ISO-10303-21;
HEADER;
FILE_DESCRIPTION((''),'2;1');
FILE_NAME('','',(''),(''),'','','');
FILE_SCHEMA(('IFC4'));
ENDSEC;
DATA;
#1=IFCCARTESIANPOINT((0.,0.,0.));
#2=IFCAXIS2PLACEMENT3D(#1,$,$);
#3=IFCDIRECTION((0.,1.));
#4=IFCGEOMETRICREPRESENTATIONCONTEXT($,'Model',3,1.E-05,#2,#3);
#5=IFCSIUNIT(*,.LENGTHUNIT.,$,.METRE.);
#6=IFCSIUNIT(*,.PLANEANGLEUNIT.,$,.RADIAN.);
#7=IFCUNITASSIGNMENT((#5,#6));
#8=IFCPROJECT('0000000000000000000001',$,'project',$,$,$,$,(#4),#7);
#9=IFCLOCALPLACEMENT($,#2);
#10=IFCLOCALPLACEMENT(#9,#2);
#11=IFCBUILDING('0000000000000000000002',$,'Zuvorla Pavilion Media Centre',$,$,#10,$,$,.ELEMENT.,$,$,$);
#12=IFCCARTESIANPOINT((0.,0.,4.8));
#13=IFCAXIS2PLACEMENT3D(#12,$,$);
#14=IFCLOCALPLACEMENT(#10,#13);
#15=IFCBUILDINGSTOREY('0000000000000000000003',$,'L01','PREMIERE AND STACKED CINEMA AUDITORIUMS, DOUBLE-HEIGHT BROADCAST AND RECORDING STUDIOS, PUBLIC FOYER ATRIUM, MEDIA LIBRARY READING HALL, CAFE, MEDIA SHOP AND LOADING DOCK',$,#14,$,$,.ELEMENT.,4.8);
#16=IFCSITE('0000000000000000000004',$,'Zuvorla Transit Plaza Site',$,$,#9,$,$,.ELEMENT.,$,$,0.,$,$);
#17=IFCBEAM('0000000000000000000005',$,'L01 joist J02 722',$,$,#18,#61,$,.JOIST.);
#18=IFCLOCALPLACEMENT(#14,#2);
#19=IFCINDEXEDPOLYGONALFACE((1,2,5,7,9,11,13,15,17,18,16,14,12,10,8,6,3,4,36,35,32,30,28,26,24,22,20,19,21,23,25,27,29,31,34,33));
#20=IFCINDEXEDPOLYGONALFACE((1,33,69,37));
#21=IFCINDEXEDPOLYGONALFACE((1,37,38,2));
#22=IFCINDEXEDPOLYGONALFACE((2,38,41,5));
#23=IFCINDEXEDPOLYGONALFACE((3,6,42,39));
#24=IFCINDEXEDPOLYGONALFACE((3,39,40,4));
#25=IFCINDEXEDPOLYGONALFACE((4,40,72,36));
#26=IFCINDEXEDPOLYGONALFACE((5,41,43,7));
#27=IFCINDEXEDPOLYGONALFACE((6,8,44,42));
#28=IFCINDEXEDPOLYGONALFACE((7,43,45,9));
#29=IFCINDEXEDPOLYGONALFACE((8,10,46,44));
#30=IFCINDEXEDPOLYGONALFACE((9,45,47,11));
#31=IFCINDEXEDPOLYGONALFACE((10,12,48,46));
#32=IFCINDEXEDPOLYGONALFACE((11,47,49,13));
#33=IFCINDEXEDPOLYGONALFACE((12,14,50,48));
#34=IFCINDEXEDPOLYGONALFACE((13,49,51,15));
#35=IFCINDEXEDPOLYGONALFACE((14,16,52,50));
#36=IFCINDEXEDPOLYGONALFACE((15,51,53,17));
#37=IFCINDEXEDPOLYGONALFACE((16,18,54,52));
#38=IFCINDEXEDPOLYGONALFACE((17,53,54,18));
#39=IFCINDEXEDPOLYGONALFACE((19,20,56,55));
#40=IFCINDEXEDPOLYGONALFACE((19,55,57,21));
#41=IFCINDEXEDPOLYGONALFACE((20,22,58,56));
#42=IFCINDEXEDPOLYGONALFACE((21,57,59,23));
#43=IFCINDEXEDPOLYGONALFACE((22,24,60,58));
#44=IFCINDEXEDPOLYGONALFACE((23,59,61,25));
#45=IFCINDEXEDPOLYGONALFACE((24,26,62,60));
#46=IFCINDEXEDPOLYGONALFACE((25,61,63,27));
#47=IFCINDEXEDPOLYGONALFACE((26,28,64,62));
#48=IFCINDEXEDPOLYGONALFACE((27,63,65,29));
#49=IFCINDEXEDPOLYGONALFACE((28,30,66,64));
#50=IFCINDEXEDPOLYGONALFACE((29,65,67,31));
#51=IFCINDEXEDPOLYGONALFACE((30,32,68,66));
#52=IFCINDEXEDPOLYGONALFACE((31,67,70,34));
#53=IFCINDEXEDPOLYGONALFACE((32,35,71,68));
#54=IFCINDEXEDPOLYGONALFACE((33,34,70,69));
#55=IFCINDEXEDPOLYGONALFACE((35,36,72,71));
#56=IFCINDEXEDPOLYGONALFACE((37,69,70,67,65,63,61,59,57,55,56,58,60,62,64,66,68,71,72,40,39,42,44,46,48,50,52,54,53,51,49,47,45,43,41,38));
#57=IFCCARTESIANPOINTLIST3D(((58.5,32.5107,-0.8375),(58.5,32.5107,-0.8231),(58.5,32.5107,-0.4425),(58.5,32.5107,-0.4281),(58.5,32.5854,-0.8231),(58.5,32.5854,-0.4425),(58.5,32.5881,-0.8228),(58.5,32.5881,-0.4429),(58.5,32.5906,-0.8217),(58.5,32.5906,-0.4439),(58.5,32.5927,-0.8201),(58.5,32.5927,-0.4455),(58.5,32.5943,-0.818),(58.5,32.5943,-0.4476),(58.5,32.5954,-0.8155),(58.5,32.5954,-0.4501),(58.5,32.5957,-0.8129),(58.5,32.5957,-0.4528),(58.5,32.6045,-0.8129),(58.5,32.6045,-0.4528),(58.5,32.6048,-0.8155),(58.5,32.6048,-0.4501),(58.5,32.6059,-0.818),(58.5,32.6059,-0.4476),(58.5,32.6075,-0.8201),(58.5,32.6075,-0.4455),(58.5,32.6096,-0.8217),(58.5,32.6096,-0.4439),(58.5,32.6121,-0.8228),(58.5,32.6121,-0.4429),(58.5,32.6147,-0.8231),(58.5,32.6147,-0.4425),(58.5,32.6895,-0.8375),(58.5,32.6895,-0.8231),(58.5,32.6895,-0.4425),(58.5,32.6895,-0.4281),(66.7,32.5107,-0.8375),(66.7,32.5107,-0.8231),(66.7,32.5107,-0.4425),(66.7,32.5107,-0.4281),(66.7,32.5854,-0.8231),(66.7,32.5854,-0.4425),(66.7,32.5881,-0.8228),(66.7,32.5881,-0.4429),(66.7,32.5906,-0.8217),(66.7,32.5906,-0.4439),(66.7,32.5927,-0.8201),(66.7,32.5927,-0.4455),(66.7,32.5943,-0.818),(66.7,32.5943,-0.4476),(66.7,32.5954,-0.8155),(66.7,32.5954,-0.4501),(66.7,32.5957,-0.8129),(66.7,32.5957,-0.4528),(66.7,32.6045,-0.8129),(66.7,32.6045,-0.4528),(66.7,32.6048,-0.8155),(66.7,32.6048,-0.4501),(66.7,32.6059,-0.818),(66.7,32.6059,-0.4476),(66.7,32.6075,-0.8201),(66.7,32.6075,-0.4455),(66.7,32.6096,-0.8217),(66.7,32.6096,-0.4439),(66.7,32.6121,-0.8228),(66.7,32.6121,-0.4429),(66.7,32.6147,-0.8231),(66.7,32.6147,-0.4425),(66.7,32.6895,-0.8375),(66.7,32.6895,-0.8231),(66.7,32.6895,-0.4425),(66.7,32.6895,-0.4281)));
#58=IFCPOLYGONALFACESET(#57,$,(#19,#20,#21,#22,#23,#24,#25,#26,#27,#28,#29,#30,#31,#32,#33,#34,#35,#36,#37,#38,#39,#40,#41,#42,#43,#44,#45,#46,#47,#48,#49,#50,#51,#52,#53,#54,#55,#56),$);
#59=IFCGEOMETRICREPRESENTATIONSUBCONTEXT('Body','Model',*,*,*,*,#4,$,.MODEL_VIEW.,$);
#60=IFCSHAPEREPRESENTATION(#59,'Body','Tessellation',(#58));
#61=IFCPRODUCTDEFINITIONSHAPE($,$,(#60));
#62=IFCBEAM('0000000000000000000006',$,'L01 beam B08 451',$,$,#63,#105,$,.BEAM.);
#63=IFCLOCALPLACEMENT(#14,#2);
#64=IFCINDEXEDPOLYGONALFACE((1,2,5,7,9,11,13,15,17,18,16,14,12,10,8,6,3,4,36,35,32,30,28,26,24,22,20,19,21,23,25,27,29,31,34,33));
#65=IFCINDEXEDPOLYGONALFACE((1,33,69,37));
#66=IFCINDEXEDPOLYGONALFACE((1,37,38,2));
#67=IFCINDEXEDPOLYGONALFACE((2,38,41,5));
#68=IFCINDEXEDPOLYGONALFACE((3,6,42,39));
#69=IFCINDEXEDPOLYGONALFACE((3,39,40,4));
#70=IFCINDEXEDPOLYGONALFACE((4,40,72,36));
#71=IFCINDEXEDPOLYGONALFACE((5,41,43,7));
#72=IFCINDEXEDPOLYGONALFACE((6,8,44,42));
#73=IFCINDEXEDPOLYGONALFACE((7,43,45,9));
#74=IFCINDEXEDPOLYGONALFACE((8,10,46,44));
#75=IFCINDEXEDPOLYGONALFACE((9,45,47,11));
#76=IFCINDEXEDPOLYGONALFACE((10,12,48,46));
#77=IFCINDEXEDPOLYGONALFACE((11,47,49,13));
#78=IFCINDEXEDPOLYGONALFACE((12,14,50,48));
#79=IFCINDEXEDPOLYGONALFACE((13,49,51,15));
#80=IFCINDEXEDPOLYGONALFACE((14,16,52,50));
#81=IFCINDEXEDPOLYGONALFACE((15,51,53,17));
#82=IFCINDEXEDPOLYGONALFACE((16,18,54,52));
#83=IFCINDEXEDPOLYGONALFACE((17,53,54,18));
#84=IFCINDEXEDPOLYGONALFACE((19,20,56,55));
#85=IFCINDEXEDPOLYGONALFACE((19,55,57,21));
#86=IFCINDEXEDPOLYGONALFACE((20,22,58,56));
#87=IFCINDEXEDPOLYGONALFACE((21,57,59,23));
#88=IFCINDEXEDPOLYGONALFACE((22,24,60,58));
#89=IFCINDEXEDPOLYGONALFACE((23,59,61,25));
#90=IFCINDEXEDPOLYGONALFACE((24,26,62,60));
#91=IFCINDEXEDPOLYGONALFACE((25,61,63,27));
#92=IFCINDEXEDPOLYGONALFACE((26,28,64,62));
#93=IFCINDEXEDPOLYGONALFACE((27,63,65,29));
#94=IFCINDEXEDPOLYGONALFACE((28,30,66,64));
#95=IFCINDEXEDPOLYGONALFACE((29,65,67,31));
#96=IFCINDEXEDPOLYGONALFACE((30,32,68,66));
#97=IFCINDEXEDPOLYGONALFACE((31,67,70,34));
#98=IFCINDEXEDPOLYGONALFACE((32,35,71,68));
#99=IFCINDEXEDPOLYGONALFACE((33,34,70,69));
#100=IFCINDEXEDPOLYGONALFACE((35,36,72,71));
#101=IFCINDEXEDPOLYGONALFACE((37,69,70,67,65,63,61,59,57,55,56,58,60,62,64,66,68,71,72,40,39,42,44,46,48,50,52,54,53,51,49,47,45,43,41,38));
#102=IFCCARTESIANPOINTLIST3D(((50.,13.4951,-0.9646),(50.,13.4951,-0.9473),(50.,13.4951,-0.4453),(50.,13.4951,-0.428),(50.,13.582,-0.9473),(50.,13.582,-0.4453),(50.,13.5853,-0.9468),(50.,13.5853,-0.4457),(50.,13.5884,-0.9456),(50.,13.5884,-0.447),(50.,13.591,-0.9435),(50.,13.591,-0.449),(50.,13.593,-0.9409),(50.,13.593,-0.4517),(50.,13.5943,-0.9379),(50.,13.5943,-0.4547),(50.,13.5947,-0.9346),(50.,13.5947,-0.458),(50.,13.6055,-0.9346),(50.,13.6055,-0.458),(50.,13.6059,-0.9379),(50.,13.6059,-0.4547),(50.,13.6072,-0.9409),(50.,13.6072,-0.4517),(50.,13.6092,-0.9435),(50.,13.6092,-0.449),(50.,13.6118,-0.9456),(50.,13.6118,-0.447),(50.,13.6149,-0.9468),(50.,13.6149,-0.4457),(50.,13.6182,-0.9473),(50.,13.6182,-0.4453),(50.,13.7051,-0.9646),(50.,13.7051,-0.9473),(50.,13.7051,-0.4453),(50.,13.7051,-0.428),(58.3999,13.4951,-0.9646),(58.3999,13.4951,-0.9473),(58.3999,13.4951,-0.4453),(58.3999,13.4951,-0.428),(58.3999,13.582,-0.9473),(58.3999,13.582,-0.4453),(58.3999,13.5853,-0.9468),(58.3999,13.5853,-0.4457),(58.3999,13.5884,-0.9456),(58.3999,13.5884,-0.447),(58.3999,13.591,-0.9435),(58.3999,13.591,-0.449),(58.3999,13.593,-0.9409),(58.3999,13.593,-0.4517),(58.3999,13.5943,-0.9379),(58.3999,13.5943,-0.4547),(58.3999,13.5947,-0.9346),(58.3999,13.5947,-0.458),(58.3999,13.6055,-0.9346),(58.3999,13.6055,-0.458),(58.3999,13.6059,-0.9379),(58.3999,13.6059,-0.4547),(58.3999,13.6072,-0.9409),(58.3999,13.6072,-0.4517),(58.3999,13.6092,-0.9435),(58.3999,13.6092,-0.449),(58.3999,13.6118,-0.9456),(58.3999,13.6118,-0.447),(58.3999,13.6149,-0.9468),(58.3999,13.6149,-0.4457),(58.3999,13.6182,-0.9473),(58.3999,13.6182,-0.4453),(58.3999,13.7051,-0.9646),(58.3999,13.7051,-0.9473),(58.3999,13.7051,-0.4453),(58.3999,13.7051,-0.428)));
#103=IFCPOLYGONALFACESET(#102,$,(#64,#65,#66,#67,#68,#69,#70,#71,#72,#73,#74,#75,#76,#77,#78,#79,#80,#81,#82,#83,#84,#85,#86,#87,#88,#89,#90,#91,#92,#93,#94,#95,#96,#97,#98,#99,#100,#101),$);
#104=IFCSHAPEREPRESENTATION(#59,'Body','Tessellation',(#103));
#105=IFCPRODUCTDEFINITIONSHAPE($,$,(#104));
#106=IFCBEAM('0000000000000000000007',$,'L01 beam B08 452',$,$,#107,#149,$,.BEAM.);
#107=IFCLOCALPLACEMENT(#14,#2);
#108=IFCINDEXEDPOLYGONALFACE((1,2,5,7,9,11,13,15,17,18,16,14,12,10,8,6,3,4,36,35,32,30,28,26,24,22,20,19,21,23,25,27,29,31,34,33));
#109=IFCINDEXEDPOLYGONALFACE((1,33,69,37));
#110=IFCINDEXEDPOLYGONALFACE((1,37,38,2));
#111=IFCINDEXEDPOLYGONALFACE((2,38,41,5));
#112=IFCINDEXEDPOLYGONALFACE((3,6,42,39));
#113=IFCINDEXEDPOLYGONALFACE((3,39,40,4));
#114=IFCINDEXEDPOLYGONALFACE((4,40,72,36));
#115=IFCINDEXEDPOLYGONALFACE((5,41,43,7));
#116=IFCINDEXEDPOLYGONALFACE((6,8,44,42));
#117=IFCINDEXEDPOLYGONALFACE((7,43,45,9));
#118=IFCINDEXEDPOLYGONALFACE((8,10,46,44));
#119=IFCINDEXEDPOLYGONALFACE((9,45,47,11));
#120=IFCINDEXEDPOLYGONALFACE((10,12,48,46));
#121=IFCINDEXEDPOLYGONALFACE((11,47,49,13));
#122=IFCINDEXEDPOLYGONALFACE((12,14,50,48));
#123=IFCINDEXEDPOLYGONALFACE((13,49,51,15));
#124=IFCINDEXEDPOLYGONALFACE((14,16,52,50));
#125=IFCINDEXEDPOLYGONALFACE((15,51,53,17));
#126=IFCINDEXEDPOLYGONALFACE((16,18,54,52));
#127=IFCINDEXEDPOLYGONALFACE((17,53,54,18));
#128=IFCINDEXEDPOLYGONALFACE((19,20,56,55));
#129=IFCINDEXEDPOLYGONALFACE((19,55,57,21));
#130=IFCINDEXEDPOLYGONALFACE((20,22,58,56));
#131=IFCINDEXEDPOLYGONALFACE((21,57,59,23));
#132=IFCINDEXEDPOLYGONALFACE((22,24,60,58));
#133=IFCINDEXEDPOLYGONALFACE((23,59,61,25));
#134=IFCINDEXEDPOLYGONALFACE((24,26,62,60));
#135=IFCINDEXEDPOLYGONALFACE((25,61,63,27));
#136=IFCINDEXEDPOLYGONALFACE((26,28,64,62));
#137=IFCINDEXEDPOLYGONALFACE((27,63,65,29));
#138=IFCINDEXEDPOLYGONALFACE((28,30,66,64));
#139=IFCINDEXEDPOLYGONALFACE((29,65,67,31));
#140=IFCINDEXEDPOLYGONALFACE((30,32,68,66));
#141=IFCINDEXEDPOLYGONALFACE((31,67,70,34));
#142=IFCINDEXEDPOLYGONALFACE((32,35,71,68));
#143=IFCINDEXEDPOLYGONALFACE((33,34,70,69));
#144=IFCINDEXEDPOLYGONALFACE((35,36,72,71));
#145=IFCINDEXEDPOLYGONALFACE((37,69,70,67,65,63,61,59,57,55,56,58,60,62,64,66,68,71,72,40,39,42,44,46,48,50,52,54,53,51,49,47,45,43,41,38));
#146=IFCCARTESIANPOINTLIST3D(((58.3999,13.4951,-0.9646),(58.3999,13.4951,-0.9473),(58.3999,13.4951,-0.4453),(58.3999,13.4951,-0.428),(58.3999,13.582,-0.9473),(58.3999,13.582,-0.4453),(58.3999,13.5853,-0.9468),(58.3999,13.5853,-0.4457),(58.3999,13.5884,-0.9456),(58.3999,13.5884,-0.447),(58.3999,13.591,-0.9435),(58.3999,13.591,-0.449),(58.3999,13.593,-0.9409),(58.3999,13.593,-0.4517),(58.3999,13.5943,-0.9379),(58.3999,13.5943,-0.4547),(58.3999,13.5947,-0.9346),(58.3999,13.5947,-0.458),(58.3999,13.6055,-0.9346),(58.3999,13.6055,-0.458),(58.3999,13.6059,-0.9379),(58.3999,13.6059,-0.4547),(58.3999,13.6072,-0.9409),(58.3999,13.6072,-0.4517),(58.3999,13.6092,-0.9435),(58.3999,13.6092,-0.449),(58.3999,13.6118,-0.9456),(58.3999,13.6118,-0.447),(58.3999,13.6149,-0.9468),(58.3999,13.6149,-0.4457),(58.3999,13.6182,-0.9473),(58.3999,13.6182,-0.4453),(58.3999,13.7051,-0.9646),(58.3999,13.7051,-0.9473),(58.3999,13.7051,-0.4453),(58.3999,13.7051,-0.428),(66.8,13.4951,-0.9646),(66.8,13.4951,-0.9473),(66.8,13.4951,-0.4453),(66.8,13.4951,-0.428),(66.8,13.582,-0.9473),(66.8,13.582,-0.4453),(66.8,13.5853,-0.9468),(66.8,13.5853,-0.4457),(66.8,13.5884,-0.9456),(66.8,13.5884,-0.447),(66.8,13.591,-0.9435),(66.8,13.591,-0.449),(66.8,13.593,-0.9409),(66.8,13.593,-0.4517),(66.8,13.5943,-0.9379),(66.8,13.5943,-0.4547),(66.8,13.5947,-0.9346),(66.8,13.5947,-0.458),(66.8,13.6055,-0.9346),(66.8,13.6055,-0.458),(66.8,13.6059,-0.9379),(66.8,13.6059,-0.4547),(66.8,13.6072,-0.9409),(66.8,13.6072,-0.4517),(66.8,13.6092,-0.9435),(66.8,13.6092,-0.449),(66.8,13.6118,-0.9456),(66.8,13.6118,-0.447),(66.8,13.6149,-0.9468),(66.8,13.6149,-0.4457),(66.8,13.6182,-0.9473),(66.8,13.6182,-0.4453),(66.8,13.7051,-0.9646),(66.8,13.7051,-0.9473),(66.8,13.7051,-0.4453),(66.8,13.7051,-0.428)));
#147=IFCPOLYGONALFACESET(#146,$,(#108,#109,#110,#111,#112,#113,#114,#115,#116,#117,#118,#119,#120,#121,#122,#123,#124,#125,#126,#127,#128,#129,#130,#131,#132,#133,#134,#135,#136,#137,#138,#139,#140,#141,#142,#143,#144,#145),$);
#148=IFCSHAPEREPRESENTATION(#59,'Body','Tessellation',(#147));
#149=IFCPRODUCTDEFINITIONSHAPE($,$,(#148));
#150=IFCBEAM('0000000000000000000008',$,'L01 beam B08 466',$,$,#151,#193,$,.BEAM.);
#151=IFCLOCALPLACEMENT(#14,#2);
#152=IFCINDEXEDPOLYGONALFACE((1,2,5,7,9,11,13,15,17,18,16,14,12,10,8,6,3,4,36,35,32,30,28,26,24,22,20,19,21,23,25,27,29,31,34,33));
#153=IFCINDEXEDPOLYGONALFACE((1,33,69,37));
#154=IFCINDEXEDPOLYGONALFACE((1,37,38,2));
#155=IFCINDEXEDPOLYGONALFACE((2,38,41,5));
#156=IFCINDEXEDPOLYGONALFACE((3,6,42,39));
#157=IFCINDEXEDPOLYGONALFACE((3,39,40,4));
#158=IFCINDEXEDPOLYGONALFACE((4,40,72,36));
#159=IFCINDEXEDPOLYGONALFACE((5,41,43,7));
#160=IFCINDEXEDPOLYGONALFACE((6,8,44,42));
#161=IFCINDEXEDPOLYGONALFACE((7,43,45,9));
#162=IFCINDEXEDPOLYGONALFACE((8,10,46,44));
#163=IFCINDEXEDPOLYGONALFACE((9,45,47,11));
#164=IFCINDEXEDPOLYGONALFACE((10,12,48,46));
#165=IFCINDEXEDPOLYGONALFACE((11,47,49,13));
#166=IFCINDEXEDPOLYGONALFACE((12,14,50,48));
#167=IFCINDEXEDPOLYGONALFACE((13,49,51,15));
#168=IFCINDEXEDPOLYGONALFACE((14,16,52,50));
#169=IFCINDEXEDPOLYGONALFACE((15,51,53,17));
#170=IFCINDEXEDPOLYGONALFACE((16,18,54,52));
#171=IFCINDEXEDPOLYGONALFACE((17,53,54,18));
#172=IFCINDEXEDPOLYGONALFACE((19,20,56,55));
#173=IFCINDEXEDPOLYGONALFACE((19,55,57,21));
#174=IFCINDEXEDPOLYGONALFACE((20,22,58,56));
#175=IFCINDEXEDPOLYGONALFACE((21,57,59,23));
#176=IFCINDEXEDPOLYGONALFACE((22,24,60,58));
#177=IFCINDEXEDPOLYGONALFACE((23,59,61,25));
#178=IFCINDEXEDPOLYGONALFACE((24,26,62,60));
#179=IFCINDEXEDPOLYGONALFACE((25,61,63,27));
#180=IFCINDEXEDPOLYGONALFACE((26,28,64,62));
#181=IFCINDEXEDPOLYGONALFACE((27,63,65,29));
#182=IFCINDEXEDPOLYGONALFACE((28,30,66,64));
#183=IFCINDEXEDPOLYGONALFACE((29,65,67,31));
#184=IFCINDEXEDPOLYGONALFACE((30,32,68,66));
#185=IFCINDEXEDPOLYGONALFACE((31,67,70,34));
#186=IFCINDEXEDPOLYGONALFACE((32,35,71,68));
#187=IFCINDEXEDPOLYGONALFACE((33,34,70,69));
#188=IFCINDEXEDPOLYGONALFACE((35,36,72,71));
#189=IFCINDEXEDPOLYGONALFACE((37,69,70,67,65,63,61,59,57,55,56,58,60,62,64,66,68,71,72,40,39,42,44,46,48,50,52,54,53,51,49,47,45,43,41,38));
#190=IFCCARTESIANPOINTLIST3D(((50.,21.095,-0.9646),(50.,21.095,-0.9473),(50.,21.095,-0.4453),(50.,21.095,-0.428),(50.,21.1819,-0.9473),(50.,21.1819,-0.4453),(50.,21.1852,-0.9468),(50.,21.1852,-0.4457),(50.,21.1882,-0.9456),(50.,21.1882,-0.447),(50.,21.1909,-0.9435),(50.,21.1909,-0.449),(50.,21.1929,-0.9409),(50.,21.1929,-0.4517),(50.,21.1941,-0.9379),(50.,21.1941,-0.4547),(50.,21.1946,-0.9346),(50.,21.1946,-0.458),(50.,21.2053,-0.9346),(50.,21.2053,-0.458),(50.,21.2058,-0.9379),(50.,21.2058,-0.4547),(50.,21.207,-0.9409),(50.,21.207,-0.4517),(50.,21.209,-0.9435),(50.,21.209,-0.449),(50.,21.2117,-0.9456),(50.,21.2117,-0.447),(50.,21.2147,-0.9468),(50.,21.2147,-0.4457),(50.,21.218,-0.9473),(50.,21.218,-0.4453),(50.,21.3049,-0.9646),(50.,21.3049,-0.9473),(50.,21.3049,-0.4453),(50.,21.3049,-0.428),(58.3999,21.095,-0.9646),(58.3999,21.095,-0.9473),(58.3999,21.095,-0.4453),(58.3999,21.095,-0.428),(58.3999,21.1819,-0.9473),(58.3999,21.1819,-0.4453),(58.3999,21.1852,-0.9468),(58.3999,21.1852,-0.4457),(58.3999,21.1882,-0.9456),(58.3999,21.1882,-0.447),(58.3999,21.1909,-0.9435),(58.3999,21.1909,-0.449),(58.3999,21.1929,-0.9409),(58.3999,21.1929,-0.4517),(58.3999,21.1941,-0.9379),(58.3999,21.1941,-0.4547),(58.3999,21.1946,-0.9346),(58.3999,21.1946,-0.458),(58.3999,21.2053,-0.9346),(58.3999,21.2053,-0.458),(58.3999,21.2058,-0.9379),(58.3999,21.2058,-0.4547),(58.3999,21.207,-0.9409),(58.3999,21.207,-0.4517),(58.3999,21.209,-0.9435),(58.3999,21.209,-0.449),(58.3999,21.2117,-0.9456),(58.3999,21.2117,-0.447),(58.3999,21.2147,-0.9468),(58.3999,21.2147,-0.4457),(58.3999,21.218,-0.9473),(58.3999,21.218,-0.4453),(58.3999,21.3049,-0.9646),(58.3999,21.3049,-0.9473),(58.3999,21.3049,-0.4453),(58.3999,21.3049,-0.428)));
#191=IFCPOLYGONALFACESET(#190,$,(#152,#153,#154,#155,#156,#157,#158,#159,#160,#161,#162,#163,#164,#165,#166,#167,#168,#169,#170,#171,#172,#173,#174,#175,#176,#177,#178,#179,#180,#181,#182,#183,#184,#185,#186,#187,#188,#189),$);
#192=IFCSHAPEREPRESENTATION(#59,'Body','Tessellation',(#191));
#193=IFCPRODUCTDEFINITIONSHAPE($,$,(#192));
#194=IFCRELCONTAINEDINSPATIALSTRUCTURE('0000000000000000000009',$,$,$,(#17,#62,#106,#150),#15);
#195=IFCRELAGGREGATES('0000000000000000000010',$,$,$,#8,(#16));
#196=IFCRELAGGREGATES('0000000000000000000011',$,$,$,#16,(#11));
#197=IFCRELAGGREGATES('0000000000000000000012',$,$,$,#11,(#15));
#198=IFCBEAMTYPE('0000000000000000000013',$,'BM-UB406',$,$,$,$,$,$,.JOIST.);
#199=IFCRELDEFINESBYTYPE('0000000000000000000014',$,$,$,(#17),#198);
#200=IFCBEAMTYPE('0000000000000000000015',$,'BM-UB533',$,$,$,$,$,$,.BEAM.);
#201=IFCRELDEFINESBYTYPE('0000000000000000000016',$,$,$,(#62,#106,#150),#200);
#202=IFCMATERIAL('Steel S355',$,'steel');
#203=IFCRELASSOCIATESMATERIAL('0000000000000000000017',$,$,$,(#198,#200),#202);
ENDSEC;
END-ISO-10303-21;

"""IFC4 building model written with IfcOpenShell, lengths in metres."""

from ifc_helpers import new_model, si_unit, direction, frame, origin, origin_2d, place, context, subcontext, project, spatial, i_section, extrude, material, material_profile, profile_set, type_object, element, save


model = new_model("IFC4")

# Units and contexts
model_context = context("Model", 3, precision=1e-05, world=origin(), true_north=direction((0.0, 1.0)))
body_context = subcontext(model_context, "Body", "Model", "MODEL_VIEW")
ifc_project = project(units=[si_unit("LENGTHUNIT", "METRE"), si_unit("PLANEANGLEUNIT", "RADIAN")], contexts=[model_context])

# Site, building, storey
site_placement = place(None, origin())
site = spatial("IfcSite", under=ifc_project, at=site_placement, Name="Zuvorla Transit Plaza Site", CompositionType="ELEMENT", RefElevation=0.0)
building_placement = place(site_placement, origin())
building = spatial("IfcBuilding", under=site, at=building_placement, Name="Zuvorla Pavilion Media Centre", CompositionType="ELEMENT")
storey_placement = place(building_placement, frame((0.0, 0.0, 4.8)))
storey = spatial("IfcBuildingStorey", under=building, at=storey_placement, Name="L01", Description="PREMIERE AND STACKED CINEMA AUDITORIUMS, DOUBLE-HEIGHT BROADCAST AND RECORDING STUDIOS, PUBLIC FOYER ATRIUM, MEDIA LIBRARY READING HALL, CAFE, MEDIA SHOP AND LOADING DOCK", CompositionType="ELEMENT", Elevation=4.8)

# Beams
ifc_material_1 = material(Name="Steel S355", Category="steel")
ifc_material_profile_1 = material_profile(ifc_material_1, i_section(OverallWidth=0.1787, OverallDepth=0.4094, WebThickness=0.0088, FlangeThickness=0.0144, FilletRadius=0.0103, at=origin_2d()), Name="UB 406x178x67")
ifc_profile_set_1 = profile_set([ifc_material_profile_1], Name="Steel S355")
beam_type_1 = type_object("IfcBeamType", Name="BM-UB406", PredefinedType="JOIST", material=ifc_profile_set_1)
for number, where, z_axis, x_axis, name in (
    (1, (58.5, 32.6001, -0.6328), (1.0, 0.0, 0.0), (0.0, 1.0, 0.0), "L01 joist J02 722"),
):
    element("IfcBeam", number, at=place(storey_placement, frame(where, z_axis=z_axis, x_axis=x_axis)), inside=storey, type_object=beam_type_1, Name=name, PredefinedType="JOIST", context=body_context, shape_type="SweptSolid", body=[
        extrude(i_section(OverallWidth=0.1787, OverallDepth=0.4094, WebThickness=0.0088, FlangeThickness=0.0144, FilletRadius=0.0103, at=origin_2d()), origin(), (0.0, 0.0, 1.0), 8.2),
    ])
ifc_material_profile_2 = material_profile(ifc_material_1, i_section(OverallWidth=0.21, OverallDepth=0.5366, WebThickness=0.0107, FlangeThickness=0.0173, FilletRadius=0.0127, at=origin_2d()), Name="UB 533x210x101")
ifc_profile_set_2 = profile_set([ifc_material_profile_2], Name="Steel S355")
beam_type_2 = type_object("IfcBeamType", Name="BM-UB533", PredefinedType="BEAM", material=ifc_profile_set_2)
beam_1_placement = place(storey_placement, frame((50.0, 13.6001, -0.6963), z_axis=(1.0, 0.0, 0.0), x_axis=(0.0, 1.0, 0.0)))
element("IfcBeam", 2, at=beam_1_placement, inside=storey, type_object=beam_type_2, Name="L01 beam B08 451", PredefinedType="BEAM", context=body_context, shape_type="SweptSolid", body=[
    extrude(i_section(OverallWidth=0.21, OverallDepth=0.5366, WebThickness=0.0107, FlangeThickness=0.0173, FilletRadius=0.0127, at=origin_2d()), origin(), (0.0, 0.0, 1.0), 8.3999),
])
beam_2_placement = place(storey_placement, frame((58.3999, 13.6001, -0.6963), z_axis=(1.0, 0.0, 0.0), x_axis=(0.0, 1.0, 0.0)))
element("IfcBeam", 3, at=beam_2_placement, inside=storey, type_object=beam_type_2, Name="L01 beam B08 452", PredefinedType="BEAM", context=body_context, shape_type="SweptSolid", body=[
    extrude(i_section(OverallWidth=0.21, OverallDepth=0.5366, WebThickness=0.0107, FlangeThickness=0.0173, FilletRadius=0.0127, at=origin_2d()), origin(), (0.0, 0.0, 1.0), 8.4001),
])
beam_3_placement = place(storey_placement, frame((50.0, 21.2, -0.6963), z_axis=(1.0, 0.0, 0.0), x_axis=(0.0, 1.0, 0.0)))
element("IfcBeam", 4, at=beam_3_placement, inside=storey, type_object=beam_type_2, Name="L01 beam B08 466", PredefinedType="BEAM", context=body_context, shape_type="SweptSolid", body=[
    extrude(i_section(OverallWidth=0.21, OverallDepth=0.5366, WebThickness=0.0107, FlangeThickness=0.0173, FilletRadius=0.0127, at=origin_2d()), origin(), (0.0, 0.0, 1.0), 8.3999),
])

save(model, "model.ifc")
